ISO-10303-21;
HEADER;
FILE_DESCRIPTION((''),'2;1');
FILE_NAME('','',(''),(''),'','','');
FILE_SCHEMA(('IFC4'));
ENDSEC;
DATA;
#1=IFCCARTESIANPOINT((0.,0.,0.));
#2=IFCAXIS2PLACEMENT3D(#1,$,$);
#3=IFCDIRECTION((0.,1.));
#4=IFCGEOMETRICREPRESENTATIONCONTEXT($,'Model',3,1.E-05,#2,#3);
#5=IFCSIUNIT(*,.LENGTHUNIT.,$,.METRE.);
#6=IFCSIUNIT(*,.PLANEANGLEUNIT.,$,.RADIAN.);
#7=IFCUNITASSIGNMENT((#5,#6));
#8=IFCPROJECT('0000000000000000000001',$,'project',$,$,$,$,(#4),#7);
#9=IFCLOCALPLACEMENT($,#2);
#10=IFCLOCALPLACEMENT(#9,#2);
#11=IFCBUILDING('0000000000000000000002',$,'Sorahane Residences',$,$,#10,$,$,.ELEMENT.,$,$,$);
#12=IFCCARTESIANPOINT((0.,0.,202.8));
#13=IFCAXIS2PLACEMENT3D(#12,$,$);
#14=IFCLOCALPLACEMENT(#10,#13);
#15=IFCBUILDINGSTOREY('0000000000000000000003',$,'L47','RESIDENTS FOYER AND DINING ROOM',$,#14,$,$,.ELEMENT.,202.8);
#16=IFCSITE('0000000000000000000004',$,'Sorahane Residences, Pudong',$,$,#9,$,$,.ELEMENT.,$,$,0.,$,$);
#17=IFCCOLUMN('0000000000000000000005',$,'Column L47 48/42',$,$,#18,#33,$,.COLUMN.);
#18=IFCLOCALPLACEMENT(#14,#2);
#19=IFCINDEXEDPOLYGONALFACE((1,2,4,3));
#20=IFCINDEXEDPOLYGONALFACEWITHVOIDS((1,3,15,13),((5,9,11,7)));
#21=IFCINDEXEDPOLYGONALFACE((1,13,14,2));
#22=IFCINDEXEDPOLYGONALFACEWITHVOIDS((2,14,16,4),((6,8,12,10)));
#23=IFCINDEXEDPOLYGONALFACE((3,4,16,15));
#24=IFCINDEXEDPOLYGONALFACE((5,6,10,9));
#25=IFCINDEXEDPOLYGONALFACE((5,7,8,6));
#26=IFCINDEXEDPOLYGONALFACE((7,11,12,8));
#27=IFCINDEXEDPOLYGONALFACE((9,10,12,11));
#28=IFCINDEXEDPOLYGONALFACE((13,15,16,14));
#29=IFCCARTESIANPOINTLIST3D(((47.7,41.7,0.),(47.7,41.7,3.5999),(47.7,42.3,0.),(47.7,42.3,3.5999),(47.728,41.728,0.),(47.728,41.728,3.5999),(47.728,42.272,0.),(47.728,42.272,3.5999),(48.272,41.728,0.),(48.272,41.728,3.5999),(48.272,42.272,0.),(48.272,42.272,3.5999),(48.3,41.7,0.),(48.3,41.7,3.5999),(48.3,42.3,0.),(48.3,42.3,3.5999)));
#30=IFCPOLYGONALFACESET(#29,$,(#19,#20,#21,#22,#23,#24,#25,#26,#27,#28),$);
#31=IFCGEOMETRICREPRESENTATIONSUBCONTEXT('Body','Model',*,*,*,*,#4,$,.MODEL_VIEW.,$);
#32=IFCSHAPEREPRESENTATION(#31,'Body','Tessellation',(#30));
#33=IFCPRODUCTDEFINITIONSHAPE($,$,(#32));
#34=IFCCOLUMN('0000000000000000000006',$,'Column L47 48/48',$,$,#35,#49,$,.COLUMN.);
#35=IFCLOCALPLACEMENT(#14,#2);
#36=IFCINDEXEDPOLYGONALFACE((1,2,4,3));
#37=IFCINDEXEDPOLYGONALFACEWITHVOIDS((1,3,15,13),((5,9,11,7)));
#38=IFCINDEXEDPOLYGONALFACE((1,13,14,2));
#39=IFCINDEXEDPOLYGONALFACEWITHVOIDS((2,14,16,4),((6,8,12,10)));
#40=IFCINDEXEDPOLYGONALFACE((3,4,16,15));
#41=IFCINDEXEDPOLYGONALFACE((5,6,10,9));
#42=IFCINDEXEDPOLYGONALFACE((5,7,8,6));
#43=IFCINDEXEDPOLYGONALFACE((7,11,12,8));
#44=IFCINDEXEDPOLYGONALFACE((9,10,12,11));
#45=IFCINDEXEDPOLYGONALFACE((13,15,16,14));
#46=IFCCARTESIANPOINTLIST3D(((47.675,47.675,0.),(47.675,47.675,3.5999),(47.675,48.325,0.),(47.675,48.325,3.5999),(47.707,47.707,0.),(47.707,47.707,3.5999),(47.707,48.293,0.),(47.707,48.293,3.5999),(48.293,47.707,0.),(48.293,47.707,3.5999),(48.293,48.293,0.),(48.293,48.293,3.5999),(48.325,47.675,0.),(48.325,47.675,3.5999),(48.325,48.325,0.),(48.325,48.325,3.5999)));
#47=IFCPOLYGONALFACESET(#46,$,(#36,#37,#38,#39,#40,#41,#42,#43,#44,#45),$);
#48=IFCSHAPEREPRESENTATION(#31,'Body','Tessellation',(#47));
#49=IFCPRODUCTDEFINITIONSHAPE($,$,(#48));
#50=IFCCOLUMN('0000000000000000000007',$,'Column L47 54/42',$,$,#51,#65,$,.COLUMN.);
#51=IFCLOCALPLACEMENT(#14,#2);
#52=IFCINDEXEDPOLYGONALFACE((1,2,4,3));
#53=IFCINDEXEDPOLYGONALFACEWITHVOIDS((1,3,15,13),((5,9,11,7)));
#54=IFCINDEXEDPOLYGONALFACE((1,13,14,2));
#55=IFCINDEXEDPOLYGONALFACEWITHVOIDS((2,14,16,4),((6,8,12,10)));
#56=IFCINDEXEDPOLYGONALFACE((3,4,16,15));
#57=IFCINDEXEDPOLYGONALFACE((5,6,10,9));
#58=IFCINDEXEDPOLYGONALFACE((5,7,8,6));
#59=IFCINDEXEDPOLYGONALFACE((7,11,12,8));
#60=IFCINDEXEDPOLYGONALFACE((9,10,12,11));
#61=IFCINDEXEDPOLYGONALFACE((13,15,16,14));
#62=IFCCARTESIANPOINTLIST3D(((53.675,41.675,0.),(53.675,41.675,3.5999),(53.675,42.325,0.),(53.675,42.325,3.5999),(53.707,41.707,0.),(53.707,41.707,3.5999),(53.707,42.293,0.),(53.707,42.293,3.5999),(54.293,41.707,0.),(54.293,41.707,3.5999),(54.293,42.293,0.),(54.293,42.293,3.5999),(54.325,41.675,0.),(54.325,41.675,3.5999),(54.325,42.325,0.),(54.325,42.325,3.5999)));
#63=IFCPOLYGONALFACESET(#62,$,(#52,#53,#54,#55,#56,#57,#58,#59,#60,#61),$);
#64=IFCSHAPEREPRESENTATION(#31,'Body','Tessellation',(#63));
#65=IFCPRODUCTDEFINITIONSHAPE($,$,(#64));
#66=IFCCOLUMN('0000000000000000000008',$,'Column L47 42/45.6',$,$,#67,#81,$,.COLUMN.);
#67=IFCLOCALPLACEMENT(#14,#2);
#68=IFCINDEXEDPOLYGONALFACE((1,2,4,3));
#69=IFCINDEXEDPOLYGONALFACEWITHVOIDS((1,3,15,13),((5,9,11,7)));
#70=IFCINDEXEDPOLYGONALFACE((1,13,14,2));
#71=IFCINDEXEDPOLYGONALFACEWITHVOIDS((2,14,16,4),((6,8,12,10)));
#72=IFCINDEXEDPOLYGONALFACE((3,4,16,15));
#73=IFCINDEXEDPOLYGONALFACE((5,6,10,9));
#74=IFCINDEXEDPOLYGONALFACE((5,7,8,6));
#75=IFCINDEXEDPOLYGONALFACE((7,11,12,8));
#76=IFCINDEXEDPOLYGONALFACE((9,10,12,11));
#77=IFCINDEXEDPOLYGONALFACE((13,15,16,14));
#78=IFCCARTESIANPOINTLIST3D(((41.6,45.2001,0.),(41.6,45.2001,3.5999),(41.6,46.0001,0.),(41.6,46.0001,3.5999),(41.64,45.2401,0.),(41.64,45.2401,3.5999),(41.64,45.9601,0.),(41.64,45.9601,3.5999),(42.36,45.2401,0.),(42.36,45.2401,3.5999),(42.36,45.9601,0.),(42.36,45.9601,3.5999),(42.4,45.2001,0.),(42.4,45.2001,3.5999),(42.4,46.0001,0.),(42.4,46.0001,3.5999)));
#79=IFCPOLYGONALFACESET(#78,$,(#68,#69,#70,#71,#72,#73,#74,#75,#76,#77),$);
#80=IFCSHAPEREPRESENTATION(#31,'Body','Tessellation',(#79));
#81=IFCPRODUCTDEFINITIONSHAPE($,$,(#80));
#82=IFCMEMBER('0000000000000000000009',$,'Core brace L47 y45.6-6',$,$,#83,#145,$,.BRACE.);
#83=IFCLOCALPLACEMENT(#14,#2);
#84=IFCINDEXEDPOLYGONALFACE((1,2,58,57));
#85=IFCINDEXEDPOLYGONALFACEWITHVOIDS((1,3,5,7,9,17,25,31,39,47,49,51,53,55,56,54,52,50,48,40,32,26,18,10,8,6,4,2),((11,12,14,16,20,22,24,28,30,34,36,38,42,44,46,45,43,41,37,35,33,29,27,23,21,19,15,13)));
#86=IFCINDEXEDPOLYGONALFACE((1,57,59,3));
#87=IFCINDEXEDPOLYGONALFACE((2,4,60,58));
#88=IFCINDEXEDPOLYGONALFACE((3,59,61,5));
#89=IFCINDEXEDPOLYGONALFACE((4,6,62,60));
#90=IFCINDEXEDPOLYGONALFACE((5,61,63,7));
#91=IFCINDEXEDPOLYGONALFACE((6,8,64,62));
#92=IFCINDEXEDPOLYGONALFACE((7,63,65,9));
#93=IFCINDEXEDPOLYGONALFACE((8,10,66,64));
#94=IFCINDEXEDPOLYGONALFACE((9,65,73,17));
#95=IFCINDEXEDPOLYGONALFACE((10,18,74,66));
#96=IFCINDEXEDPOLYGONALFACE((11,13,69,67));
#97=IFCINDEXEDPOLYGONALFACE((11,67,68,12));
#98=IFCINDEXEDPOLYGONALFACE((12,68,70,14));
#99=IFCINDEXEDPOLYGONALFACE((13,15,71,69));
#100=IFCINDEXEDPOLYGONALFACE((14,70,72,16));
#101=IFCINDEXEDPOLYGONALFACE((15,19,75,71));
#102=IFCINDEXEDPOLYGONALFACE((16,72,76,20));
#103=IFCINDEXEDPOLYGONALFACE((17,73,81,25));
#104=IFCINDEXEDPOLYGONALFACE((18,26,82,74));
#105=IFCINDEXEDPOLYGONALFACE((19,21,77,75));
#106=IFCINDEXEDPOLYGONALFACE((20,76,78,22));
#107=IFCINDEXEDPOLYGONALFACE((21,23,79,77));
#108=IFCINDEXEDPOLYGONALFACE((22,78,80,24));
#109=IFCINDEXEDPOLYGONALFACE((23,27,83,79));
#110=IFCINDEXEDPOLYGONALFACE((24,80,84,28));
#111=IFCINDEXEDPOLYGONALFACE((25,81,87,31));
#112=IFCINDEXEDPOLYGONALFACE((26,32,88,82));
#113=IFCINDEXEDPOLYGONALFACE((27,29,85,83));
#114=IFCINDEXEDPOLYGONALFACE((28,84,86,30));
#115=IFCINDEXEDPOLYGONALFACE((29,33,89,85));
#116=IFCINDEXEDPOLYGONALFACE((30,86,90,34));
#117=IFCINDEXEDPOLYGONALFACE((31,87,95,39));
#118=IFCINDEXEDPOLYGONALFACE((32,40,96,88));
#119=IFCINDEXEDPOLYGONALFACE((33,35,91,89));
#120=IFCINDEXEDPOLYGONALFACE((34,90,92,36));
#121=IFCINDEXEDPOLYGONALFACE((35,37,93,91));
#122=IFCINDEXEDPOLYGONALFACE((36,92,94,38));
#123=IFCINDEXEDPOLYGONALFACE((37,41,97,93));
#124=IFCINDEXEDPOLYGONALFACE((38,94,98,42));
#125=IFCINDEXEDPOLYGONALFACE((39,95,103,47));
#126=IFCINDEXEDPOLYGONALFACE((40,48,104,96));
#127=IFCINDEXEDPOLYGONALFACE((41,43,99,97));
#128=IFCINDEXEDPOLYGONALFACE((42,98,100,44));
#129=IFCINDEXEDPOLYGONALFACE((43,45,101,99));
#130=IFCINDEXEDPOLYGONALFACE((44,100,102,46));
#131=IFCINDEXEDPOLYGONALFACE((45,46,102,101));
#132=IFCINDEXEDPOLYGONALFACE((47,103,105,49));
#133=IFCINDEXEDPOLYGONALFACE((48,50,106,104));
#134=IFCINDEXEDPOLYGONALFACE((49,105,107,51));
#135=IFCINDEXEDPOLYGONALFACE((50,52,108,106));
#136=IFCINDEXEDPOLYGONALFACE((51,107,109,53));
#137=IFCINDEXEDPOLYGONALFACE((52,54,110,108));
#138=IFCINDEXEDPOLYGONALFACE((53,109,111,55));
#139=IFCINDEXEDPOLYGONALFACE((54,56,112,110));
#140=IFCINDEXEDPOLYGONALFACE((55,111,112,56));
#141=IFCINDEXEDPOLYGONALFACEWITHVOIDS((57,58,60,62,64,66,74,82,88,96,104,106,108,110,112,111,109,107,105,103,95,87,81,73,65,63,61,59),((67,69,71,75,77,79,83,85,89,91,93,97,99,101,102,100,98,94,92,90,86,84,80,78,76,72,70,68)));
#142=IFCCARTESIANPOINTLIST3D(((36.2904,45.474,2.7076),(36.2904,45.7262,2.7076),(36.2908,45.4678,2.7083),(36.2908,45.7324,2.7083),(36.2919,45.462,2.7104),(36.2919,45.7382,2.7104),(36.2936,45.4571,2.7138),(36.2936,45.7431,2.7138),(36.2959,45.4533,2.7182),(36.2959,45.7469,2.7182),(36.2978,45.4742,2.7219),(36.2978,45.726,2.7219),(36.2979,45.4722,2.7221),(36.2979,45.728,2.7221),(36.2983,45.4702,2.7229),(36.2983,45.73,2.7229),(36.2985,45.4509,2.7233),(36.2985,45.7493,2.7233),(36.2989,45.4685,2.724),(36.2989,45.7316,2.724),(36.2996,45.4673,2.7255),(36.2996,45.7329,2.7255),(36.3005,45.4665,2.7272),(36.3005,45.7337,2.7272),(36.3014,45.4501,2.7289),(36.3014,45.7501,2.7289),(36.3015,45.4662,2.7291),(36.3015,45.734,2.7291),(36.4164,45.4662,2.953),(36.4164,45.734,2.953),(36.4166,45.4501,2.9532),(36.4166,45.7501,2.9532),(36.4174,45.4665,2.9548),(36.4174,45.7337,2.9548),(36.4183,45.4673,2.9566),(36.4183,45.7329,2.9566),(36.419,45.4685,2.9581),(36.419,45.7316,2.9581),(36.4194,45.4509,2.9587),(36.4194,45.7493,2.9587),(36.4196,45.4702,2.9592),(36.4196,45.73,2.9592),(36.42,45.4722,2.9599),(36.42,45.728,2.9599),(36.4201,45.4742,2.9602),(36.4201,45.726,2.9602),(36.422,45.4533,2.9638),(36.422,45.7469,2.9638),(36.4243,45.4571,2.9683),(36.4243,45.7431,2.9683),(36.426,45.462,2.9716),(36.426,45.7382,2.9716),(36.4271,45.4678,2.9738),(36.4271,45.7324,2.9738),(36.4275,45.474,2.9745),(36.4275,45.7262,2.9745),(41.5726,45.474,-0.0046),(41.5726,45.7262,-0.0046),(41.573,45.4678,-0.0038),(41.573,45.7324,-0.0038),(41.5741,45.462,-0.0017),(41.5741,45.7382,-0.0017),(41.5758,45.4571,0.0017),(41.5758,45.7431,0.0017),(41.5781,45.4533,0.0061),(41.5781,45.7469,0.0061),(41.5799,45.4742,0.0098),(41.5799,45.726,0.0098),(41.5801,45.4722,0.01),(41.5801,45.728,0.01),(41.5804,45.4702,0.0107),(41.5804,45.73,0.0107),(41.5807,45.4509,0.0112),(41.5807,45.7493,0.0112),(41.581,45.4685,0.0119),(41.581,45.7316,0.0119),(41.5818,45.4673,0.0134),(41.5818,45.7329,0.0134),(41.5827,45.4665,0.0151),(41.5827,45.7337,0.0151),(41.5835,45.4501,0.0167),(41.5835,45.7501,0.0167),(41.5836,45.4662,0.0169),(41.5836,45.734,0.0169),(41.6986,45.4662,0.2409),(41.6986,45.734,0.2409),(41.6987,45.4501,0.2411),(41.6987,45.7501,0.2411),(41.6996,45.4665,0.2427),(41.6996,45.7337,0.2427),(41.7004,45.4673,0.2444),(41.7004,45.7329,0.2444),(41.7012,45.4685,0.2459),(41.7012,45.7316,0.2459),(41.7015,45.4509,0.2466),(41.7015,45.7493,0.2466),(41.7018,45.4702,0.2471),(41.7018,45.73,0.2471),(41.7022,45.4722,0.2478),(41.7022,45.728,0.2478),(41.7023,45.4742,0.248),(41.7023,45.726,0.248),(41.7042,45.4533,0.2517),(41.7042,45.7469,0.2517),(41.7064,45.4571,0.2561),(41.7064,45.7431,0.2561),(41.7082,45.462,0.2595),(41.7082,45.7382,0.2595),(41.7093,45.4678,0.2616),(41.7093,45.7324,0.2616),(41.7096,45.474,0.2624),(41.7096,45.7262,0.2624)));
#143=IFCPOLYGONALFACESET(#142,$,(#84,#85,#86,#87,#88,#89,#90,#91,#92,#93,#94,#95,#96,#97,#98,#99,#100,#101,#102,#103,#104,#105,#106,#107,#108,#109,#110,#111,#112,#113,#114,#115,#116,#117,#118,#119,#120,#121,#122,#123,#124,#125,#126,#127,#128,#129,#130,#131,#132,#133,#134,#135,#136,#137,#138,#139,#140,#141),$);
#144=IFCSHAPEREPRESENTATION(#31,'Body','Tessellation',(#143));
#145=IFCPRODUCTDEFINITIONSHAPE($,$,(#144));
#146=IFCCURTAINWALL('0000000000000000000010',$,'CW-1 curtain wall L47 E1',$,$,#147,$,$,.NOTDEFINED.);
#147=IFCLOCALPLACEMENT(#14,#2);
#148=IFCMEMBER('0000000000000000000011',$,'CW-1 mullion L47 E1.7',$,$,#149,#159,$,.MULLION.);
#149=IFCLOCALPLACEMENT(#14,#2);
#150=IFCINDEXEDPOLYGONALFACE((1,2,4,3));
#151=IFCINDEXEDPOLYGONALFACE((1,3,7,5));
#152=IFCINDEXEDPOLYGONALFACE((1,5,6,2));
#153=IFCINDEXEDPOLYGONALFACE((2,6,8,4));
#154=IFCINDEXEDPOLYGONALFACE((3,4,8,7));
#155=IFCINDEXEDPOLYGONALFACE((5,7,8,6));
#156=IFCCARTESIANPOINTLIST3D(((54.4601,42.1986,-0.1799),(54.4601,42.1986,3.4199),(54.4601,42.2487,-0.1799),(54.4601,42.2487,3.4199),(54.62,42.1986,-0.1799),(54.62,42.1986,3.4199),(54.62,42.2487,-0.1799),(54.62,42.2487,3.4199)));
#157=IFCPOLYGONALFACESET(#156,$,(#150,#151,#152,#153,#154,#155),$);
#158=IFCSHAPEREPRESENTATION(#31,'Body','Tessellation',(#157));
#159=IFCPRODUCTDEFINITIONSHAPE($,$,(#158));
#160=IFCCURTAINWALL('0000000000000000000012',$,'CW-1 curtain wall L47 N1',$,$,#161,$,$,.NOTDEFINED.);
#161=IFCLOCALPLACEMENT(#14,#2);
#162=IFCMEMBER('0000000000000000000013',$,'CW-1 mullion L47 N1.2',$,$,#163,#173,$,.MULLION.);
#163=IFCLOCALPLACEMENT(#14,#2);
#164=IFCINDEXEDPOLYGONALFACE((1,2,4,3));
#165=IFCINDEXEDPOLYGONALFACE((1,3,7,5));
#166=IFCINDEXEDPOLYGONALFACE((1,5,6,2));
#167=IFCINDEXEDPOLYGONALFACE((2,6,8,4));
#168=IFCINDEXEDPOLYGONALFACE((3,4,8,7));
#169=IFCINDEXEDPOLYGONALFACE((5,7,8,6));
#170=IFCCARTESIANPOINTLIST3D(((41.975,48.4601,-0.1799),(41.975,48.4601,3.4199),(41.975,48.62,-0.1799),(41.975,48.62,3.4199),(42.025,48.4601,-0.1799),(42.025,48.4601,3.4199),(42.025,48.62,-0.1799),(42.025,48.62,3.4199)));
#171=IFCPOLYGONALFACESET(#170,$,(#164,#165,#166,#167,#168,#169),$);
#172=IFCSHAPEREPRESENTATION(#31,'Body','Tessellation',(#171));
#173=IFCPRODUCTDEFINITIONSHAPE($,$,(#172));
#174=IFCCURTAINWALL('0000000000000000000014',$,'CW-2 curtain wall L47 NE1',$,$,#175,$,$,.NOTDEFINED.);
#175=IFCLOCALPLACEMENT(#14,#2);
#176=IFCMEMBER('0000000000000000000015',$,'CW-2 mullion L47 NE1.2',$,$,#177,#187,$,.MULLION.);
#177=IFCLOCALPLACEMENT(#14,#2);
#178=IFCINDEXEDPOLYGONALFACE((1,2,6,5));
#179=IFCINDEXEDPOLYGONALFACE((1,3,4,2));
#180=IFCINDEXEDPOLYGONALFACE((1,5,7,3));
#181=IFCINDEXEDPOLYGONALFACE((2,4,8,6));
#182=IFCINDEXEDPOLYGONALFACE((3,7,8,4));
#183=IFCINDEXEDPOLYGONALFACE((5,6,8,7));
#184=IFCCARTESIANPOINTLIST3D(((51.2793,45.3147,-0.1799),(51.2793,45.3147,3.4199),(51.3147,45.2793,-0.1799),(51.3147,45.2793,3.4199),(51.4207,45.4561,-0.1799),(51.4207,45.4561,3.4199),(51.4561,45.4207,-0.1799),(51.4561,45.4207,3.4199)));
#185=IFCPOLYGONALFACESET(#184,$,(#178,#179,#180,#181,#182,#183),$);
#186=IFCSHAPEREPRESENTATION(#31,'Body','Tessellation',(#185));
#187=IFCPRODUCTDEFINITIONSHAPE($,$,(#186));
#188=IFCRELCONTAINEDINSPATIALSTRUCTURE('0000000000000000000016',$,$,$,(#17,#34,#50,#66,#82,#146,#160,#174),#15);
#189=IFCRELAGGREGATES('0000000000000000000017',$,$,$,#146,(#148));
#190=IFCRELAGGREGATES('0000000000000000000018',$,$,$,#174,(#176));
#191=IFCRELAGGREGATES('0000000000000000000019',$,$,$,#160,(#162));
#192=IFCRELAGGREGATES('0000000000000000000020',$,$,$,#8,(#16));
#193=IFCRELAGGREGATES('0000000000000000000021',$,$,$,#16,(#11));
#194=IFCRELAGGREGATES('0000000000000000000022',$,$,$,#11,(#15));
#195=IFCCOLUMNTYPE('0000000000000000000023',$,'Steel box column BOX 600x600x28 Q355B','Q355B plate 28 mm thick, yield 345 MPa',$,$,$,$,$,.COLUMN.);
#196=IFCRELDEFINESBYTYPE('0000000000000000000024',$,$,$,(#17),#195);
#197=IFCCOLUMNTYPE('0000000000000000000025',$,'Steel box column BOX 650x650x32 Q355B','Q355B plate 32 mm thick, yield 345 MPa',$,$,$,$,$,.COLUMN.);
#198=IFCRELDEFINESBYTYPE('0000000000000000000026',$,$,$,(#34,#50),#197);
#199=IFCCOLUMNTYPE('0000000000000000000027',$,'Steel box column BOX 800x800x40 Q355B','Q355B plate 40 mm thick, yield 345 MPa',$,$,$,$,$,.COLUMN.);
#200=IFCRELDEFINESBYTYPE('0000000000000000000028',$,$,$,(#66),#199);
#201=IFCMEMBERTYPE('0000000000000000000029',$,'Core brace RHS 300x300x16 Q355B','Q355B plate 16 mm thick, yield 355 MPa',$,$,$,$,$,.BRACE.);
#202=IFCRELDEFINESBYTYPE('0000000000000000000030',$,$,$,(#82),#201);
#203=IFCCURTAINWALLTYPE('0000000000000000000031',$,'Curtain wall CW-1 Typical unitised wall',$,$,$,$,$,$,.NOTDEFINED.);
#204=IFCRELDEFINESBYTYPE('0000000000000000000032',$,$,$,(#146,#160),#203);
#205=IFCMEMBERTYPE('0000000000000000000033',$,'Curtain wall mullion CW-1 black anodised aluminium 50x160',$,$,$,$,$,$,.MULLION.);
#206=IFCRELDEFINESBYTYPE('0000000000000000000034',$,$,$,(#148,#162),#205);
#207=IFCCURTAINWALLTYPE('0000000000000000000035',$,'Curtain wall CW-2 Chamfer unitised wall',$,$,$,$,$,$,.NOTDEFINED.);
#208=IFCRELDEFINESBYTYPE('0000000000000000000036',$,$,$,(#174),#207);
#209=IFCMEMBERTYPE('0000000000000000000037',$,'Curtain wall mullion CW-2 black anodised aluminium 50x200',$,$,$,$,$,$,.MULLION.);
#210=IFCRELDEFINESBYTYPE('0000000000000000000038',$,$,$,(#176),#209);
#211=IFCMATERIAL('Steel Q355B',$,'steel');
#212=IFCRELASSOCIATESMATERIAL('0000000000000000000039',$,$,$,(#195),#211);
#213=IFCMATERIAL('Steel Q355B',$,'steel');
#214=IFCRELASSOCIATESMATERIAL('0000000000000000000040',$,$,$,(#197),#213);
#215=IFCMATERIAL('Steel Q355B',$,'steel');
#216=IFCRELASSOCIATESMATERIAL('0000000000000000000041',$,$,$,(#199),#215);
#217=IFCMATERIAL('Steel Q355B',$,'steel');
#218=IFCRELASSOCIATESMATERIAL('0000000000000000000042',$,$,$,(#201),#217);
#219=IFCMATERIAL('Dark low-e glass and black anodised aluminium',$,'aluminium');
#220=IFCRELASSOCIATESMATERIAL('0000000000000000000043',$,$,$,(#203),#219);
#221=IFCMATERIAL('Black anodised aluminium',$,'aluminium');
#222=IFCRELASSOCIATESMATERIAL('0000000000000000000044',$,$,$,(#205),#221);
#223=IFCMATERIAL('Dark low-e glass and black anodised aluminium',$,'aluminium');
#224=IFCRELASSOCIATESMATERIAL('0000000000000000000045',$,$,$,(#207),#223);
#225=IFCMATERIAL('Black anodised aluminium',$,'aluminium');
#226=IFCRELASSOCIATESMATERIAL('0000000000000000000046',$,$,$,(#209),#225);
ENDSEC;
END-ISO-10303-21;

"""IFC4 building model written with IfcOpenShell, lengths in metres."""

from ifc_helpers import new_model, si_unit, direction, frame, origin, origin_2d, place, context, subcontext, project, spatial, rectangle, hollow_rectangle, extrude, material, material_profile, profile_set, type_object, element, aggregate, save


model = new_model("IFC4")

# Units and contexts
model_context = context("Model", 3, precision=1e-05, world=origin(), true_north=direction((0.0, 1.0)))
body_context = subcontext(model_context, "Body", "Model", "MODEL_VIEW")
ifc_project = project(units=[si_unit("LENGTHUNIT", "METRE"), si_unit("PLANEANGLEUNIT", "RADIAN")], contexts=[model_context])

# Site, building, storey
site_placement = place(None, origin())
site = spatial("IfcSite", under=ifc_project, at=site_placement, Name="Sorahane Residences, Pudong", CompositionType="ELEMENT", RefElevation=0.0)
building_placement = place(site_placement, origin())
building = spatial("IfcBuilding", under=site, at=building_placement, Name="Sorahane Residences", CompositionType="ELEMENT")
storey_placement = place(building_placement, frame((0.0, 0.0, 202.8)))
storey = spatial("IfcBuildingStorey", under=building, at=storey_placement, Name="L47", Description="RESIDENTS FOYER AND DINING ROOM", CompositionType="ELEMENT", Elevation=202.8)

# Columns
ifc_material_1 = material(Name="Steel Q355B", Category="steel")
ifc_material_profile_1 = material_profile(ifc_material_1, hollow_rectangle(XDim=0.6001, YDim=0.6001, WallThickness=0.0281, at=origin_2d()), Name="BOX 600x600x28")
ifc_profile_set_1 = profile_set([ifc_material_profile_1], Name="Steel Q355B")
column_type_1 = type_object("IfcColumnType", Name="Steel box column BOX 600x600x28 Q355B", Description="Q355B plate 28 mm thick, yield 345 MPa", PredefinedType="COLUMN", material=ifc_profile_set_1)
column_1_placement = place(storey_placement, frame((48.0, 42.0, 0.0), z_axis=(0.0, 0.0, 1.0), x_axis=(1.0, 0.0, 0.0)))
element("IfcColumn", 1, at=column_1_placement, inside=storey, type_object=column_type_1, Name="Column L47 48/42", PredefinedType="COLUMN", context=body_context, shape_type="SweptSolid", body=[
    extrude(hollow_rectangle(XDim=0.6001, YDim=0.6001, WallThickness=0.0281, at=origin_2d()), origin(), (0.0, 0.0, 1.0), 3.5999),
])
ifc_material_2 = material(Name="Steel Q355B", Category="steel")
ifc_material_profile_2 = material_profile(ifc_material_2, hollow_rectangle(XDim=0.6499, YDim=0.6499, WallThickness=0.032, at=origin_2d()), Name="BOX 650x650x32")
ifc_profile_set_2 = profile_set([ifc_material_profile_2], Name="Steel Q355B")
column_type_2 = type_object("IfcColumnType", Name="Steel box column BOX 650x650x32 Q355B", Description="Q355B plate 32 mm thick, yield 345 MPa", PredefinedType="COLUMN", material=ifc_profile_set_2)
for number, where, z_axis, x_axis, name in (
    (2, (48.0, 48.0, 0.0), (0.0, 0.0, 1.0), (1.0, 0.0, 0.0), "Column L47 48/48"),
    (3, (54.0, 42.0, 0.0), (0.0, 0.0, 1.0), (1.0, 0.0, 0.0), "Column L47 54/42"),
):
    element("IfcColumn", number, at=place(storey_placement, frame(where, z_axis=z_axis, x_axis=x_axis)), inside=storey, type_object=column_type_2, Name=name, PredefinedType="COLUMN", context=body_context, shape_type="SweptSolid", body=[
        extrude(hollow_rectangle(XDim=0.6499, YDim=0.6499, WallThickness=0.032, at=origin_2d()), origin(), (0.0, 0.0, 1.0), 3.5999),
    ])
ifc_material_3 = material(Name="Steel Q355B", Category="steel")
ifc_material_profile_3 = material_profile(ifc_material_3, hollow_rectangle(XDim=0.8, YDim=0.8, WallThickness=0.04, at=origin_2d()), Name="BOX 800x800x40")
ifc_profile_set_3 = profile_set([ifc_material_profile_3], Name="Steel Q355B")
column_type_3 = type_object("IfcColumnType", Name="Steel box column BOX 800x800x40 Q355B", Description="Q355B plate 40 mm thick, yield 345 MPa", PredefinedType="COLUMN", material=ifc_profile_set_3)
column_2_placement = place(storey_placement, frame((42.0, 45.6001, 0.0), z_axis=(0.0, 0.0, 1.0), x_axis=(1.0, 0.0, 0.0)))
element("IfcColumn", 4, at=column_2_placement, inside=storey, type_object=column_type_3, Name="Column L47 42/45.6", PredefinedType="COLUMN", context=body_context, shape_type="SweptSolid", body=[
    extrude(hollow_rectangle(XDim=0.8, YDim=0.8, WallThickness=0.04, at=origin_2d()), origin(), (0.0, 0.0, 1.0), 3.5999),
])

# Member
ifc_material_4 = material(Name="Steel Q355B", Category="steel")
ifc_material_profile_4 = material_profile(ifc_material_4, hollow_rectangle(XDim=0.3, YDim=0.3, WallThickness=0.0161, InnerFilletRadius=0.0081, OuterFilletRadius=0.0239, at=origin_2d()), Name="RHS 300x300x16")
ifc_profile_set_4 = profile_set([ifc_material_profile_4], Name="Steel Q355B")
member_type_1 = type_object("IfcMemberType", Name="Core brace RHS 300x300x16 Q355B", Description="Q355B plate 16 mm thick, yield 355 MPa", PredefinedType="BRACE", material=ifc_profile_set_4)
member_1_placement = place(storey_placement, frame((41.6411, 45.6001, 0.1289), z_axis=(-0.88959, 0.0, 0.45676), x_axis=(0.0, -1.0, 0.0)))
element("IfcMember", 5, at=member_1_placement, inside=storey, type_object=member_type_1, Name="Core brace L47 y45.6-6", PredefinedType="BRACE", context=body_context, shape_type="SweptSolid", body=[
    extrude(hollow_rectangle(XDim=0.3, YDim=0.3, WallThickness=0.0161, InnerFilletRadius=0.0081, OuterFilletRadius=0.0239, at=origin_2d()), origin(), (0.0, 0.0, 1.0), 5.9377),
])

# Curtain walls, members
ifc_material_5 = material(Name="Dark low-e glass and black anodised aluminium", Category="aluminium")
curtain_wall_type_1 = type_object("IfcCurtainWallType", Name="Curtain wall CW-1 Typical unitised wall", PredefinedType="NOTDEFINED", material=ifc_material_5)
curtain_wall_1_placement = place(storey_placement, origin())
curtain_wall_1 = element("IfcCurtainWall", 6, at=curtain_wall_1_placement, inside=storey, type_object=curtain_wall_type_1, Name="CW-1 curtain wall L47 E1", PredefinedType="NOTDEFINED")
ifc_material_6 = material(Name="Black anodised aluminium", Category="aluminium")
ifc_material_profile_5 = material_profile(ifc_material_6, rectangle(XDim=0.1599, YDim=0.05, at=origin_2d()), Name="Curtain wall mullion CW-1 black anodised aluminium 50x160")
ifc_profile_set_5 = profile_set([ifc_material_profile_5], Name="Black anodised aluminium")
member_type_2 = type_object("IfcMemberType", Name="Curtain wall mullion CW-1 black anodised aluminium 50x160", PredefinedType="MULLION", material=ifc_profile_set_5)
member_2_placement = place(storey_placement, frame((54.54, 42.2236, -0.1799), z_axis=(0.0, 0.0, 1.0), x_axis=(1.0, 0.0, 0.0)))
member_2 = element("IfcMember", 7, at=member_2_placement, type_object=member_type_2, Name="CW-1 mullion L47 E1.7", PredefinedType="MULLION", context=body_context, shape_type="SweptSolid", body=[
    extrude(rectangle(XDim=0.1599, YDim=0.05, at=origin_2d()), origin(), (0.0, 0.0, 1.0), 3.5999),
])
aggregate(curtain_wall_1, [member_2])
curtain_wall_2_placement = place(storey_placement, origin())
curtain_wall_2 = element("IfcCurtainWall", 8, at=curtain_wall_2_placement, inside=storey, type_object=curtain_wall_type_1, Name="CW-1 curtain wall L47 N1", PredefinedType="NOTDEFINED")
member_3_placement = place(storey_placement, frame((42.0, 48.54, -0.1799), z_axis=(0.0, 0.0, 1.0), x_axis=(0.0, 1.0, 0.0)))
member_3 = element("IfcMember", 9, at=member_3_placement, type_object=member_type_2, Name="CW-1 mullion L47 N1.2", PredefinedType="MULLION", context=body_context, shape_type="SweptSolid", body=[
    extrude(rectangle(XDim=0.1599, YDim=0.05, at=origin_2d()), origin(), (0.0, 0.0, 1.0), 3.5999),
])

# Curtain wall, member
ifc_material_7 = material(Name="Dark low-e glass and black anodised aluminium", Category="aluminium")
curtain_wall_type_2 = type_object("IfcCurtainWallType", Name="Curtain wall CW-2 Chamfer unitised wall", PredefinedType="NOTDEFINED", material=ifc_material_7)
curtain_wall_3_placement = place(storey_placement, origin())
curtain_wall_3 = element("IfcCurtainWall", 10, at=curtain_wall_3_placement, inside=storey, type_object=curtain_wall_type_2, Name="CW-2 curtain wall L47 NE1", PredefinedType="NOTDEFINED")
ifc_material_8 = material(Name="Black anodised aluminium", Category="aluminium")
ifc_material_profile_6 = material_profile(ifc_material_8, rectangle(XDim=0.2, YDim=0.05, at=origin_2d()), Name="Curtain wall mullion CW-2 black anodised aluminium 50x200")
ifc_profile_set_6 = profile_set([ifc_material_profile_6], Name="Black anodised aluminium")
member_type_3 = type_object("IfcMemberType", Name="Curtain wall mullion CW-2 black anodised aluminium 50x200", PredefinedType="MULLION", material=ifc_profile_set_6)
member_4_placement = place(storey_placement, frame((51.3677, 45.3677, -0.1799), z_axis=(0.0, 0.0, 1.0), x_axis=(0.707107, 0.707107, 0.0)))
member_4 = element("IfcMember", 11, at=member_4_placement, type_object=member_type_3, Name="CW-2 mullion L47 NE1.2", PredefinedType="MULLION", context=body_context, shape_type="SweptSolid", body=[
    extrude(rectangle(XDim=0.2, YDim=0.05, at=origin_2d()), origin(), (0.0, 0.0, 1.0), 3.5999),
])

aggregate(curtain_wall_3, [member_4])
aggregate(curtain_wall_2, [member_3])

save(model, "model.ifc")
